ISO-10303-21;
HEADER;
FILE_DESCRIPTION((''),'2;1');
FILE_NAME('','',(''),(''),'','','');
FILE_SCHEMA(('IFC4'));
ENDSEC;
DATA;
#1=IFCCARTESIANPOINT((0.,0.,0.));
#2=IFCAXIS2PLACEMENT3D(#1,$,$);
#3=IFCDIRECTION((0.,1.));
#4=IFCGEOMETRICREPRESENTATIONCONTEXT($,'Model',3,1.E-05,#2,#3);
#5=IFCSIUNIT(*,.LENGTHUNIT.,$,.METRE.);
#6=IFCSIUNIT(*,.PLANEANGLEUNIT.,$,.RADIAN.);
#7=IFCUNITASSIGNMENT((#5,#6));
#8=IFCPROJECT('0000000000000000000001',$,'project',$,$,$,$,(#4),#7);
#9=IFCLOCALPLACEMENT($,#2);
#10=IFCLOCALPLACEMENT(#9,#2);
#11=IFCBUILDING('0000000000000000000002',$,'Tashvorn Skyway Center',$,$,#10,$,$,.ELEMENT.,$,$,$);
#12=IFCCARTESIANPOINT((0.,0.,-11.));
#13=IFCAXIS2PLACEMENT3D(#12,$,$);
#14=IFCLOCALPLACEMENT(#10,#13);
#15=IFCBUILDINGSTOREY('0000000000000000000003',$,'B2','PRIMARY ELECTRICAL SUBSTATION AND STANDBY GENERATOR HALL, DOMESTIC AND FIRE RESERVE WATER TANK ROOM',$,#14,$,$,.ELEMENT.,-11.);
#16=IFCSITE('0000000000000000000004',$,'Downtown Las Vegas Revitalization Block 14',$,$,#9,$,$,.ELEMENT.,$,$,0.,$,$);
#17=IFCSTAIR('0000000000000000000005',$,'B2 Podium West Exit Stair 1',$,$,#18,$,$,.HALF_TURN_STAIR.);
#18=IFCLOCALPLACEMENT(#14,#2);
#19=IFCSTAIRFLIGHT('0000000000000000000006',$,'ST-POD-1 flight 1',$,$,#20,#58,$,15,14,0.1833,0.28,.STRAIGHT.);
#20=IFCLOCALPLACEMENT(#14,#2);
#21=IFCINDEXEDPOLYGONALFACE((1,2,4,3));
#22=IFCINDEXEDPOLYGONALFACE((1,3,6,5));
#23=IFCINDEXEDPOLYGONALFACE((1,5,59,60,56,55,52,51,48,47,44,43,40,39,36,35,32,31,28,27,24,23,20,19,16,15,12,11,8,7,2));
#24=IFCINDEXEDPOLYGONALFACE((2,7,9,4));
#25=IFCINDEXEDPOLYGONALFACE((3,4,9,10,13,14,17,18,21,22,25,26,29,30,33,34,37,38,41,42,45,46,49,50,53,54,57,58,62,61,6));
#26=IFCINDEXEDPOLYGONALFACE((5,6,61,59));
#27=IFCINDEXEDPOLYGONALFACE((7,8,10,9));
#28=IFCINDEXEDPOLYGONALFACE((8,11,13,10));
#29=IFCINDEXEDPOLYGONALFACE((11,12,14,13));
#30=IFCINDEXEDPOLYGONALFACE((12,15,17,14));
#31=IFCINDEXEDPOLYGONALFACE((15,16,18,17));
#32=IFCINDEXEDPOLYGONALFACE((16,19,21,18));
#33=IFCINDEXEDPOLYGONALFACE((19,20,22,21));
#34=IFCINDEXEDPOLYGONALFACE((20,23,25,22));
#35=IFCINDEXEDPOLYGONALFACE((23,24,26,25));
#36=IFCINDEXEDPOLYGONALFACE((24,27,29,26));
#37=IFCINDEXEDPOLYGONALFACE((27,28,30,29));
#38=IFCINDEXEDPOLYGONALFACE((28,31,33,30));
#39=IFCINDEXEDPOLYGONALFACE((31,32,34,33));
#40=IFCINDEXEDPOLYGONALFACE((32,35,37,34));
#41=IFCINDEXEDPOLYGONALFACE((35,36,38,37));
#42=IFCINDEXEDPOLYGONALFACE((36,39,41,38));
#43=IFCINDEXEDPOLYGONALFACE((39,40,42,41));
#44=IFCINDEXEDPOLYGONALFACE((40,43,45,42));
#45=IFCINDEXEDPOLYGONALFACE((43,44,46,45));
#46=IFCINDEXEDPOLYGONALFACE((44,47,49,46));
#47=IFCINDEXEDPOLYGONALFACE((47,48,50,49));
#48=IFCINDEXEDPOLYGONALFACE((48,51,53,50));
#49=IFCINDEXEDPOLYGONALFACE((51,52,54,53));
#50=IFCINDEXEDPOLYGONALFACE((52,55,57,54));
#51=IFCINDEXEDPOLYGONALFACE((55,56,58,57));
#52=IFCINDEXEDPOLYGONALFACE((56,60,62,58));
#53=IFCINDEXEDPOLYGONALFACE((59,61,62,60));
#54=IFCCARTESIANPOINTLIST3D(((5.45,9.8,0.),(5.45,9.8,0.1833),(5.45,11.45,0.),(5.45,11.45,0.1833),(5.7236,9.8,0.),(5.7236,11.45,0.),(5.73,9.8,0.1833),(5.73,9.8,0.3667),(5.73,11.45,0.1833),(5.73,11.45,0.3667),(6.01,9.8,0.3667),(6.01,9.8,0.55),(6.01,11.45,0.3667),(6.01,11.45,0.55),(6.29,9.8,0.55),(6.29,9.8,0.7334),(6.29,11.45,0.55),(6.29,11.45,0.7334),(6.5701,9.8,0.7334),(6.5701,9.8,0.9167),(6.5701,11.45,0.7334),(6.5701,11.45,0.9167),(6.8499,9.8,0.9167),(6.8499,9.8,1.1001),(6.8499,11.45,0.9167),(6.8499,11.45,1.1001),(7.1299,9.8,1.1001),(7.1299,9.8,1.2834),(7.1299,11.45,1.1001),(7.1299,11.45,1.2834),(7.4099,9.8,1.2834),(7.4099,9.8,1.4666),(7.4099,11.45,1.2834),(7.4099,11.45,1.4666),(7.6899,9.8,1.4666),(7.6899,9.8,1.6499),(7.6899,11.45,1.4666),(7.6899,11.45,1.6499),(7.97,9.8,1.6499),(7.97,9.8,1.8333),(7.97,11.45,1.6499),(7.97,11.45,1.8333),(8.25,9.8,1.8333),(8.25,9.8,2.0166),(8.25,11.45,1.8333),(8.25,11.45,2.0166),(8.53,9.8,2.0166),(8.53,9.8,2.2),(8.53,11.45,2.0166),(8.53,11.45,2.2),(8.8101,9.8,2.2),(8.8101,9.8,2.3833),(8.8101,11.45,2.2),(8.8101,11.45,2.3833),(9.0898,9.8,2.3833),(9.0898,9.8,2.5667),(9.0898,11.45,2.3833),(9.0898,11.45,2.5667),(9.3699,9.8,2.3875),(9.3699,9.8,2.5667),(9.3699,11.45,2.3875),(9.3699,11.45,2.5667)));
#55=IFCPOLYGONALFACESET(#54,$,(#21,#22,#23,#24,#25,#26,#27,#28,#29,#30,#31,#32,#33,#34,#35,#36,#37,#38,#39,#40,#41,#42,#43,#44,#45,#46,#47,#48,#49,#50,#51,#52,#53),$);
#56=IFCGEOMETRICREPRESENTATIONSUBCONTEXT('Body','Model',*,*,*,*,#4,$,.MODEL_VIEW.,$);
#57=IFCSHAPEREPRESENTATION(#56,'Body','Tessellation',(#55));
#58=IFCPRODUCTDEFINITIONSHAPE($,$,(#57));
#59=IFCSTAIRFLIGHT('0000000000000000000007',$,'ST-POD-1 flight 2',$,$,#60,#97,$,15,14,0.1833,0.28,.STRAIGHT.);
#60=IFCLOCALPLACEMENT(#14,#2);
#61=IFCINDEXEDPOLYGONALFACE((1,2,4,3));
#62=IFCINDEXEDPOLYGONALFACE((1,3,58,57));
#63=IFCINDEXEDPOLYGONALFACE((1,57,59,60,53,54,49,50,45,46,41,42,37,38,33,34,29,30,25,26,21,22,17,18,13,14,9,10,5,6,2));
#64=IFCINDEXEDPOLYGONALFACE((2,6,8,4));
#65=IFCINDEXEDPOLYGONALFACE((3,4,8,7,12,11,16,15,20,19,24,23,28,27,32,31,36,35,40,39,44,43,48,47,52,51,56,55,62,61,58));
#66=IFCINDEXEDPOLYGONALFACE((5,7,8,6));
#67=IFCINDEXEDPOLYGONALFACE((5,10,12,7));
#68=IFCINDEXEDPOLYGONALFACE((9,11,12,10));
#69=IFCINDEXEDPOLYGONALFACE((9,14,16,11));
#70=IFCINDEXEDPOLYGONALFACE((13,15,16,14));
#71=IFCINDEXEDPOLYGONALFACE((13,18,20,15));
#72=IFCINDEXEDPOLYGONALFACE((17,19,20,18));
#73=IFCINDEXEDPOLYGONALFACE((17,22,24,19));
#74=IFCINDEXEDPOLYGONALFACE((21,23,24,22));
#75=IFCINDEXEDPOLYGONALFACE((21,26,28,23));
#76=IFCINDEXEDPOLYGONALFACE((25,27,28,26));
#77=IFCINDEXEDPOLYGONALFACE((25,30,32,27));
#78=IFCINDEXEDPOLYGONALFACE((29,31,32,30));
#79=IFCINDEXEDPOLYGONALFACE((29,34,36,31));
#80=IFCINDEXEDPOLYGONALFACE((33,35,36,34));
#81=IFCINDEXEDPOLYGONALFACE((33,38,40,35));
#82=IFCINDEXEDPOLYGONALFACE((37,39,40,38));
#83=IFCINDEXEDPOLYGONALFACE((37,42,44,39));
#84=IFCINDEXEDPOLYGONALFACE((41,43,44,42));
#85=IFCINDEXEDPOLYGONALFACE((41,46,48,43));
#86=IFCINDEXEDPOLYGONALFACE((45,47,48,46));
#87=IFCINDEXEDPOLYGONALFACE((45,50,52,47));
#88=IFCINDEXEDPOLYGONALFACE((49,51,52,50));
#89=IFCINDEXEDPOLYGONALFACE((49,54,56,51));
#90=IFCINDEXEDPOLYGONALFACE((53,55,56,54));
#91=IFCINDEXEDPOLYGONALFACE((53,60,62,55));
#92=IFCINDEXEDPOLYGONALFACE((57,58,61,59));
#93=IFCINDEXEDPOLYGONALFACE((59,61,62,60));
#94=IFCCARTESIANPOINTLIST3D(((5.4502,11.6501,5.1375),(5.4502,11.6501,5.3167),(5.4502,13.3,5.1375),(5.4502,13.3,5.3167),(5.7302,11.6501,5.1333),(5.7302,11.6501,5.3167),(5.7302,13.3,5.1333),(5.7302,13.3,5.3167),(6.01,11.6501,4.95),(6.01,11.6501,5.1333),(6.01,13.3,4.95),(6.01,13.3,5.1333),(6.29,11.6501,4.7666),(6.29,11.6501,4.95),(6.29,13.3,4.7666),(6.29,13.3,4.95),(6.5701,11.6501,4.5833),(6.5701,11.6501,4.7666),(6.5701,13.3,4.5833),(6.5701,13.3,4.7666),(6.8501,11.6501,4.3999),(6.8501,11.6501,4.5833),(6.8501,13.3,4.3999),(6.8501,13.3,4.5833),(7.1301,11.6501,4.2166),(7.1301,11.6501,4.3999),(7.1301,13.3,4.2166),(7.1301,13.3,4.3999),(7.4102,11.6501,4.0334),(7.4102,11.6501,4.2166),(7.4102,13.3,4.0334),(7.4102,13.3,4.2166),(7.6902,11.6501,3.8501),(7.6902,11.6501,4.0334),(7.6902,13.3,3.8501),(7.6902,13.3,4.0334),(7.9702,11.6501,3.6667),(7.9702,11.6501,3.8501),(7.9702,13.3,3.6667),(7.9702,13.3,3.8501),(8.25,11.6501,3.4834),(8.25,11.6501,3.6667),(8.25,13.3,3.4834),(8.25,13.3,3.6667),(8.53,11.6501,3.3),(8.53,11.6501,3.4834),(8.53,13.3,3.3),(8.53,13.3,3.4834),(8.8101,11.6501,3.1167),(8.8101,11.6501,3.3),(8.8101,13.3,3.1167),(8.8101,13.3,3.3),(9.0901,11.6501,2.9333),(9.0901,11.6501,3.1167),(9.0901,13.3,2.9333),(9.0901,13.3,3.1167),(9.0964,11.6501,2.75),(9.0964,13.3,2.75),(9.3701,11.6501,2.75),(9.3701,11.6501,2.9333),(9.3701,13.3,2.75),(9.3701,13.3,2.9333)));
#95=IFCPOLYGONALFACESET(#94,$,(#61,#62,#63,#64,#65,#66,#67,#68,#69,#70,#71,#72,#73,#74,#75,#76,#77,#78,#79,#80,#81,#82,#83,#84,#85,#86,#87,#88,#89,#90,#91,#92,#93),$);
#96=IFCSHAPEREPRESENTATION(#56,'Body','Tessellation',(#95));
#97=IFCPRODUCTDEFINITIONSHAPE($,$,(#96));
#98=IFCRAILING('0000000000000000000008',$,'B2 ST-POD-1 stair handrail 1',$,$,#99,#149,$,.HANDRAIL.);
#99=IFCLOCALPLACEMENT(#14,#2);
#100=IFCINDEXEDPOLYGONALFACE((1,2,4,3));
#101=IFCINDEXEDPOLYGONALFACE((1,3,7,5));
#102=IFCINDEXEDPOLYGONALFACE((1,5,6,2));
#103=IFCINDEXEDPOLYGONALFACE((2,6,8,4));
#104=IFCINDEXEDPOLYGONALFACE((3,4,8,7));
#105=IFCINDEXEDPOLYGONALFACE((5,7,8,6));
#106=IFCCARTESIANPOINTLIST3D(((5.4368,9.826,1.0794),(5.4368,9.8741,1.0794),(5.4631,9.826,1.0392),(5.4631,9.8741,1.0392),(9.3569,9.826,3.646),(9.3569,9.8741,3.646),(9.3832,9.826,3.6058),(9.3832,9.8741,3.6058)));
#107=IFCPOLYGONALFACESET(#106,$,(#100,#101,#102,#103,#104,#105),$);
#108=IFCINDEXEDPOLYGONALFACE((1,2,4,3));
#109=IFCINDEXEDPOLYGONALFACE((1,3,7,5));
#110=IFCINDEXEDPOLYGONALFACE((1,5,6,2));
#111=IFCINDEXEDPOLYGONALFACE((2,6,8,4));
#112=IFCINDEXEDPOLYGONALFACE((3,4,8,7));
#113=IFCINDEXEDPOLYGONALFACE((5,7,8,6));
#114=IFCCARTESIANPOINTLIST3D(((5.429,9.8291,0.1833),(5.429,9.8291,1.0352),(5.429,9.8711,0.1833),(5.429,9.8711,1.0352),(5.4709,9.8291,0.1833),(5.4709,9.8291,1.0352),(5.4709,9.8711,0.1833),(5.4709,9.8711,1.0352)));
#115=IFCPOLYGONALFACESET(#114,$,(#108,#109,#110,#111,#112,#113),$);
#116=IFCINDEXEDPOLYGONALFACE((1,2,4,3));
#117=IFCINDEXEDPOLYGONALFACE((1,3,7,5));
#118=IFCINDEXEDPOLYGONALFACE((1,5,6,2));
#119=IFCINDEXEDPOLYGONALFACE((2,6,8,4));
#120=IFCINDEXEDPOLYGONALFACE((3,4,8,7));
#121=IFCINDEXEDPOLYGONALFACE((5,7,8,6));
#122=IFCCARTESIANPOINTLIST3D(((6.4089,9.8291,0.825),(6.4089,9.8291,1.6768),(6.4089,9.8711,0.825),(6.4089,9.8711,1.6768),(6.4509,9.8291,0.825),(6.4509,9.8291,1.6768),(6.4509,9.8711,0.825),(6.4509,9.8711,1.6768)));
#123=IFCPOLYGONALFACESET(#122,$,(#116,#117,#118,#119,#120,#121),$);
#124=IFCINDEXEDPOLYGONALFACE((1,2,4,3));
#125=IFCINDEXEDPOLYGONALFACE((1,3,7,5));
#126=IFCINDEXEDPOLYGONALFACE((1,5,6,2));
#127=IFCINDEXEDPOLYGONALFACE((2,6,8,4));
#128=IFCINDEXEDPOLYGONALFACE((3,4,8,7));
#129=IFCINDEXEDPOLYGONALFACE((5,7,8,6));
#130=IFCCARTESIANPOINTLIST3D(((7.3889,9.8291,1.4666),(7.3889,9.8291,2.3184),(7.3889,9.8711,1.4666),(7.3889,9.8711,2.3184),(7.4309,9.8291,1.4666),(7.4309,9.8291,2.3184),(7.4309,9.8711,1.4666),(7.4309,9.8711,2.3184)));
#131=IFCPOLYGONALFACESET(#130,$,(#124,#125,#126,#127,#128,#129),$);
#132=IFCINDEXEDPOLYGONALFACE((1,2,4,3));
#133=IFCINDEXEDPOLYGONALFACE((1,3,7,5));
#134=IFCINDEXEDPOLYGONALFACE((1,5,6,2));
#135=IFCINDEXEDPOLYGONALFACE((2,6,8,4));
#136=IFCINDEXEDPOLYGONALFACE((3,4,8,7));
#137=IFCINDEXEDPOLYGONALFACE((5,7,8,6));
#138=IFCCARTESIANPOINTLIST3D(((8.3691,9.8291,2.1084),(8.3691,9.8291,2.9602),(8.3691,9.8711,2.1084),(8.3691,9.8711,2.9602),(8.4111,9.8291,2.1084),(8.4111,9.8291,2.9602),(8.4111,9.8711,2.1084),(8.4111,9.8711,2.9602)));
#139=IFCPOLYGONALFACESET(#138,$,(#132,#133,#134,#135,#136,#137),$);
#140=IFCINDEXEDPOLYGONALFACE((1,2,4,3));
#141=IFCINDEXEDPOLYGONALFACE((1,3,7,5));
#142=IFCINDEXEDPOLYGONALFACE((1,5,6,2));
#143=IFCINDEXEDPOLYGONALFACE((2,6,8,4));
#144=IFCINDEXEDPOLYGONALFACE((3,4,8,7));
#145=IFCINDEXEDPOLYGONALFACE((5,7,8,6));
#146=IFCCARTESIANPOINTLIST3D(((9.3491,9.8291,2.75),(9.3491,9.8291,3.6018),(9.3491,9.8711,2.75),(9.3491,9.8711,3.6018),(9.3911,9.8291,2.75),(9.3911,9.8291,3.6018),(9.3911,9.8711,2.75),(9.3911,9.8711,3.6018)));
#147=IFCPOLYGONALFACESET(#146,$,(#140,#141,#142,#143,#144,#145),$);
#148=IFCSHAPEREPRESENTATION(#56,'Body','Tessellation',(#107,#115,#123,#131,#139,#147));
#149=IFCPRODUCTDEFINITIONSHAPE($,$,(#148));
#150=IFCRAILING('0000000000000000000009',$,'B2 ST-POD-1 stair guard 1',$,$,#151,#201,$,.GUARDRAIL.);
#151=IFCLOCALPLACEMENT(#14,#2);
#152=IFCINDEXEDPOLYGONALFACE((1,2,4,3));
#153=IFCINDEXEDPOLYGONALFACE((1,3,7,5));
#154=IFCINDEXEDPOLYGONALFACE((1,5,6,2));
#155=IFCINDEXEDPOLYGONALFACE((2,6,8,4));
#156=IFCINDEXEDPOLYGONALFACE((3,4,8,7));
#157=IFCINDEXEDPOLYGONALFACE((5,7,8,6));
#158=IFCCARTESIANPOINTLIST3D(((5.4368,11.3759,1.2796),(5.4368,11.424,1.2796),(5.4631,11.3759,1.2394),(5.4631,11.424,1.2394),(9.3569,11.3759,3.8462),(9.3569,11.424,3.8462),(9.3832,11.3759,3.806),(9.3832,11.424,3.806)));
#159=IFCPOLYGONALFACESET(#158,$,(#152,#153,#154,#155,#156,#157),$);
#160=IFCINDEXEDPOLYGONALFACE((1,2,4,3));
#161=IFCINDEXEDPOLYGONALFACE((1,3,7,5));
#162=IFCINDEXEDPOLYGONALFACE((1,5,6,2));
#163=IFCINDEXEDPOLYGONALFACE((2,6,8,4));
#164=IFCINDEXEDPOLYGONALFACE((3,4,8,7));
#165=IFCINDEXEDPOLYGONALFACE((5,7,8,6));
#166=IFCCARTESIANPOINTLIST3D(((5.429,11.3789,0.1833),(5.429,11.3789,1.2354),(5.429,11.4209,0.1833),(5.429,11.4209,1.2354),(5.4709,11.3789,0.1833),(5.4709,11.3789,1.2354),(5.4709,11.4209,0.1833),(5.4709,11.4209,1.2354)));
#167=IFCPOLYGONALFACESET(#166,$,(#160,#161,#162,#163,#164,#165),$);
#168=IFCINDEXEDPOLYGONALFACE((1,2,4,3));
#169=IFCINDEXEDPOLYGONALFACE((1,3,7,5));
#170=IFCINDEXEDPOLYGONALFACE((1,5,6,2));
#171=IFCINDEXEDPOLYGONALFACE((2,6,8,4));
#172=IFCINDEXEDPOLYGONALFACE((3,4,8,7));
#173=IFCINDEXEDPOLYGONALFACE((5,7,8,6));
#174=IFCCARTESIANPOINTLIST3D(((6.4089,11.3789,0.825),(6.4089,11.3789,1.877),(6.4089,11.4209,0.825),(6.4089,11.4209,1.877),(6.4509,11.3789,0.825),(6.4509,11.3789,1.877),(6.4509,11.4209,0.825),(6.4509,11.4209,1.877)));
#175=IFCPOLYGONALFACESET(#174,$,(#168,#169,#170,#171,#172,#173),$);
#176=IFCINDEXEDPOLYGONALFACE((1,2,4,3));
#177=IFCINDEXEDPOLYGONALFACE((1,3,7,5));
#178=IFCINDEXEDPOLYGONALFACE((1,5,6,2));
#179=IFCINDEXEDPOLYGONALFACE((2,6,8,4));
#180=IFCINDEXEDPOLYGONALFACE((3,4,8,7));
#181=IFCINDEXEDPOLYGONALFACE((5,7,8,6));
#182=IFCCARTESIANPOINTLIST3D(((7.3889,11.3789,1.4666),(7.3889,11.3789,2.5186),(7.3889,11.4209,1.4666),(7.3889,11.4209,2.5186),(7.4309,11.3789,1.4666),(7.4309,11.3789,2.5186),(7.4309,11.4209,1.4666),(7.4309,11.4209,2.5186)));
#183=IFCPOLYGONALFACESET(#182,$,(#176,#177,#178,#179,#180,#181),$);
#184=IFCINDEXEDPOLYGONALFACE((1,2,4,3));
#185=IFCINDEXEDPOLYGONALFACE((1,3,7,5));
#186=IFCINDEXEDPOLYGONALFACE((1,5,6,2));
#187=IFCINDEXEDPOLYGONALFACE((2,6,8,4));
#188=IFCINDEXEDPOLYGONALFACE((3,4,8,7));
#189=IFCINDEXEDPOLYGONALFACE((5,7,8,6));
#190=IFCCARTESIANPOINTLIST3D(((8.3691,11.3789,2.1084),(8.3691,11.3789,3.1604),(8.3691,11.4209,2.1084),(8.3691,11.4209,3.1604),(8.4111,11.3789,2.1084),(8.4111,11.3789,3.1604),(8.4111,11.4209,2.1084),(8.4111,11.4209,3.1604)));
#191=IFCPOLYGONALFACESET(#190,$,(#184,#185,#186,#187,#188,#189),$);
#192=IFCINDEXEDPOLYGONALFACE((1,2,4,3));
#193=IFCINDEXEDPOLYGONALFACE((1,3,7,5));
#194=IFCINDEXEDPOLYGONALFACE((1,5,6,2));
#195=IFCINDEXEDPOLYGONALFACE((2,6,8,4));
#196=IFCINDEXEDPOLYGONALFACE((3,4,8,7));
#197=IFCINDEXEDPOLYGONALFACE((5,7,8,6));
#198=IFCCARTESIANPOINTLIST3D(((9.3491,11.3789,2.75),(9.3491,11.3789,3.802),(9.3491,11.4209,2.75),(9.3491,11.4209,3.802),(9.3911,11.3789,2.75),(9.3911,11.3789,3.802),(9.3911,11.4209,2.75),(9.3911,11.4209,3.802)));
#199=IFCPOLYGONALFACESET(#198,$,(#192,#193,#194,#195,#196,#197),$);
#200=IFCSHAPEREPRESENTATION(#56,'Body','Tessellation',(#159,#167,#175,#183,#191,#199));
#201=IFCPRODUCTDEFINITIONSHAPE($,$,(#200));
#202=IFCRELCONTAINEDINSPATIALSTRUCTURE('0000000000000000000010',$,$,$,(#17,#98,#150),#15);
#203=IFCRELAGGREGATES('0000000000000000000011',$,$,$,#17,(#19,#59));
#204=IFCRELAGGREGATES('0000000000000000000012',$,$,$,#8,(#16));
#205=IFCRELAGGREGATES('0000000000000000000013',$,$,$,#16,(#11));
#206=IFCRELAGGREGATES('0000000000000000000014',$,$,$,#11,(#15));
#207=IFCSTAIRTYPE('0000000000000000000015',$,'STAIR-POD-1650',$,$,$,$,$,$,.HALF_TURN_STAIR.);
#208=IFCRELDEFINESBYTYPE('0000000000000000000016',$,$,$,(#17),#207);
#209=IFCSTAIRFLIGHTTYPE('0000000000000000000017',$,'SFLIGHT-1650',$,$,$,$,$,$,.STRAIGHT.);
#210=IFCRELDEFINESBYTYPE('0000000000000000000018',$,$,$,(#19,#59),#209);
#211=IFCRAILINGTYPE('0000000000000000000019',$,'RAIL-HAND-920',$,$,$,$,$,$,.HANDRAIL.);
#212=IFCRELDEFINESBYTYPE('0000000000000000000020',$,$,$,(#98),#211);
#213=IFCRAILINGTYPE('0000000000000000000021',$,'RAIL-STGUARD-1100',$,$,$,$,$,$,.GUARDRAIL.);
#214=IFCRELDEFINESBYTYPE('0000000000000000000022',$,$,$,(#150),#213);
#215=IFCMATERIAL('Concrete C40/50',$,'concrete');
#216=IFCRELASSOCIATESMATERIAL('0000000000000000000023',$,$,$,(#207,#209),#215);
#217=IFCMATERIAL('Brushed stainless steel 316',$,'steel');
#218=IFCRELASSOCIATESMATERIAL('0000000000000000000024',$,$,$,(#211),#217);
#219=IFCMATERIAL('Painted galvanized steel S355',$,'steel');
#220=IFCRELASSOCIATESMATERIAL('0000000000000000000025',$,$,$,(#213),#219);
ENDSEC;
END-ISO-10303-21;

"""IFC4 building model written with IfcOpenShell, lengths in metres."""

from ifc_helpers import new_model, si_unit, direction, frame, origin, origin_2d, place, context, subcontext, project, spatial, polyline, rectangle, outline, extrude, material, type_object, element, aggregate, save


model = new_model("IFC4")

# Units and contexts
model_context = context("Model", 3, precision=1e-05, world=origin(), true_north=direction((0.0, 1.0)))
body_context = subcontext(model_context, "Body", "Model", "MODEL_VIEW")
ifc_project = project(units=[si_unit("LENGTHUNIT", "METRE"), si_unit("PLANEANGLEUNIT", "RADIAN")], contexts=[model_context])

# Site, building, storey
site_placement = place(None, origin())
site = spatial("IfcSite", under=ifc_project, at=site_placement, Name="Downtown Las Vegas Revitalization Block 14", CompositionType="ELEMENT", RefElevation=0.0)
building_placement = place(site_placement, origin())
building = spatial("IfcBuilding", under=site, at=building_placement, Name="Tashvorn Skyway Center", CompositionType="ELEMENT")
storey_placement = place(building_placement, frame((0.0, 0.0, -11.0)))
storey = spatial("IfcBuildingStorey", under=building, at=storey_placement, Name="B2", Description="PRIMARY ELECTRICAL SUBSTATION AND STANDBY GENERATOR HALL, DOMESTIC AND FIRE RESERVE WATER TANK ROOM", CompositionType="ELEMENT", Elevation=-11.0)

# Shared definitions
ifc_material_1 = material(Name="Concrete C40/50", Category="concrete")

# Stair, stair flights
stair_type = type_object("IfcStairType", Name="STAIR-POD-1650", PredefinedType="HALF_TURN_STAIR", material=ifc_material_1)
stair_placement = place(storey_placement, origin())
stair = element("IfcStair", 1, at=stair_placement, inside=storey, type_object=stair_type, Name="B2 Podium West Exit Stair 1", PredefinedType="HALF_TURN_STAIR")
stair_flight_type = type_object("IfcStairFlightType", Name="SFLIGHT-1650", PredefinedType="STRAIGHT", material=ifc_material_1)
stair_flight_1_placement = place(storey_placement, frame((5.45, 10.625, 0.0), z_axis=(0.0, 0.0, 1.0), x_axis=(1.0, 0.0, 0.0)))
stair_flight_1 = element("IfcStairFlight", 2, at=stair_flight_1_placement, type_object=stair_flight_type, Name="ST-POD-1 flight 1", NumberOfRisers=15, NumberOfTreads=14, PredefinedType="STRAIGHT", RiserHeight=0.1833, TreadLength=0.28, context=body_context, shape_type="SweptSolid", body=[
    extrude(outline(polyline([(0.0, 0.0), (0.0, 0.1833), (0.28, 0.1833), (0.28, 0.3667), (0.5601, 0.3667), (0.5601, 0.55), (0.8401, 0.55), (0.8401, 0.7334), (1.1201, 0.7334), (1.1201, 0.9167), (1.3999, 0.9167), (1.3999, 1.1001), (1.6799, 1.1001), (1.6799, 1.2834), (1.96, 1.2834), (1.96, 1.4666), (2.24, 1.4666), (2.24, 1.6499), (2.52, 1.6499), (2.52, 1.8333), (2.8, 1.8333), (2.8, 2.0166), (3.0801, 2.0166), (3.0801, 2.2), (3.3601, 2.2), (3.3601, 2.3833), (3.6399, 2.3833), (3.6399, 2.5667), (3.9199, 2.5667), (3.9199, 2.75), (3.9199, 2.3875), (0.2737, 0.0), (0.0, 0.0)])), frame((0.0, 0.825, 0.0), z_axis=(0.0, -1.0, 0.0), x_axis=(1.0, 0.0, 0.0)), (0.0, 0.0, 1.0), 1.6499),
])
stair_flight_2_placement = place(storey_placement, frame((9.3701, 12.4751, 2.75), z_axis=(0.0, 0.0, 1.0), x_axis=(-1.0, 0.0, 0.0)))
stair_flight_2 = element("IfcStairFlight", 3, at=stair_flight_2_placement, type_object=stair_flight_type, Name="ST-POD-1 flight 2", NumberOfRisers=15, NumberOfTreads=14, PredefinedType="STRAIGHT", RiserHeight=0.1833, TreadLength=0.28, context=body_context, shape_type="SweptSolid", body=[
    extrude(outline(polyline([(0.0, 0.0), (0.0, 0.1833), (0.28, 0.1833), (0.28, 0.3667), (0.5601, 0.3667), (0.5601, 0.55), (0.8401, 0.55), (0.8401, 0.7334), (1.1201, 0.7334), (1.1201, 0.9167), (1.3999, 0.9167), (1.3999, 1.1001), (1.6799, 1.1001), (1.6799, 1.2834), (1.96, 1.2834), (1.96, 1.4666), (2.24, 1.4666), (2.24, 1.6499), (2.52, 1.6499), (2.52, 1.8333), (2.8, 1.8333), (2.8, 2.0166), (3.0801, 2.0166), (3.0801, 2.2), (3.3601, 2.2), (3.3601, 2.3833), (3.6399, 2.3833), (3.6399, 2.5667), (3.9199, 2.5667), (3.9199, 2.75), (3.9199, 2.3875), (0.2737, 0.0), (0.0, 0.0)])), frame((0.0, 0.825, 0.0), z_axis=(0.0, -1.0, 0.0), x_axis=(1.0, 0.0, 0.0)), (0.0, 0.0, 1.0), 1.6499),
])
aggregate(stair, [stair_flight_1, stair_flight_2])

# Railings
ifc_material_2 = material(Name="Brushed stainless steel 316", Category="steel")
railing_type_1 = type_object("IfcRailingType", Name="RAIL-HAND-920", PredefinedType="HANDRAIL", material=ifc_material_2)
railing_1_placement = place(storey_placement, frame((5.45, 9.8501, 0.1833)))
element("IfcRailing", 4, at=railing_1_placement, inside=storey, type_object=railing_type_1, Name="B2 ST-POD-1 stair handrail 1", PredefinedType="HANDRAIL", context=body_context, shape_type="SweptSolid", body=[
    extrude(rectangle(XDim=0.0481, YDim=0.0481, at=origin_2d()), frame((0.0, 0.0, 0.876), z_axis=(0.836631, 0.0, 0.547767), x_axis=(0.0, 1.0, 0.0)), (0.0, 0.0, 1.0), 4.6855),
    extrude(rectangle(XDim=0.042, YDim=0.042, at=origin_2d()), origin(), (0.0, 0.0, 1.0), 0.8518),
    extrude(rectangle(XDim=0.042, YDim=0.042, at=origin_2d()), frame((0.98, 0.0, 0.6416)), (0.0, 0.0, 1.0), 0.8518),
    extrude(rectangle(XDim=0.042, YDim=0.042, at=origin_2d()), frame((1.96, 0.0, 1.2832)), (0.0, 0.0, 1.0), 0.8518),
    extrude(rectangle(XDim=0.042, YDim=0.042, at=origin_2d()), frame((2.9402, 0.0, 1.925)), (0.0, 0.0, 1.0), 0.8518),
    extrude(rectangle(XDim=0.042, YDim=0.042, at=origin_2d()), frame((3.9202, 0.0, 2.5667)), (0.0, 0.0, 1.0), 0.8518),
])
ifc_material_3 = material(Name="Painted galvanized steel S355", Category="steel")
railing_type_2 = type_object("IfcRailingType", Name="RAIL-STGUARD-1100", PredefinedType="GUARDRAIL", material=ifc_material_3)
railing_2_placement = place(storey_placement, frame((5.45, 11.3999, 0.1833)))
element("IfcRailing", 5, at=railing_2_placement, inside=storey, type_object=railing_type_2, Name="B2 ST-POD-1 stair guard 1", PredefinedType="GUARDRAIL", context=body_context, shape_type="SweptSolid", body=[
    extrude(rectangle(XDim=0.0481, YDim=0.0481, at=origin_2d()), frame((0.0, 0.0, 1.0762), z_axis=(0.836631, 0.0, 0.547767), x_axis=(0.0, 1.0, 0.0)), (0.0, 0.0, 1.0), 4.6855),
    extrude(rectangle(XDim=0.042, YDim=0.042, at=origin_2d()), origin(), (0.0, 0.0, 1.0), 1.052),
    extrude(rectangle(XDim=0.042, YDim=0.042, at=origin_2d()), frame((0.98, 0.0, 0.6416)), (0.0, 0.0, 1.0), 1.052),
    extrude(rectangle(XDim=0.042, YDim=0.042, at=origin_2d()), frame((1.96, 0.0, 1.2832)), (0.0, 0.0, 1.0), 1.052),
    extrude(rectangle(XDim=0.042, YDim=0.042, at=origin_2d()), frame((2.9402, 0.0, 1.925)), (0.0, 0.0, 1.0), 1.052),
    extrude(rectangle(XDim=0.042, YDim=0.042, at=origin_2d()), frame((3.9202, 0.0, 2.5667)), (0.0, 0.0, 1.0), 1.052),
])

save(model, "model.ifc")
